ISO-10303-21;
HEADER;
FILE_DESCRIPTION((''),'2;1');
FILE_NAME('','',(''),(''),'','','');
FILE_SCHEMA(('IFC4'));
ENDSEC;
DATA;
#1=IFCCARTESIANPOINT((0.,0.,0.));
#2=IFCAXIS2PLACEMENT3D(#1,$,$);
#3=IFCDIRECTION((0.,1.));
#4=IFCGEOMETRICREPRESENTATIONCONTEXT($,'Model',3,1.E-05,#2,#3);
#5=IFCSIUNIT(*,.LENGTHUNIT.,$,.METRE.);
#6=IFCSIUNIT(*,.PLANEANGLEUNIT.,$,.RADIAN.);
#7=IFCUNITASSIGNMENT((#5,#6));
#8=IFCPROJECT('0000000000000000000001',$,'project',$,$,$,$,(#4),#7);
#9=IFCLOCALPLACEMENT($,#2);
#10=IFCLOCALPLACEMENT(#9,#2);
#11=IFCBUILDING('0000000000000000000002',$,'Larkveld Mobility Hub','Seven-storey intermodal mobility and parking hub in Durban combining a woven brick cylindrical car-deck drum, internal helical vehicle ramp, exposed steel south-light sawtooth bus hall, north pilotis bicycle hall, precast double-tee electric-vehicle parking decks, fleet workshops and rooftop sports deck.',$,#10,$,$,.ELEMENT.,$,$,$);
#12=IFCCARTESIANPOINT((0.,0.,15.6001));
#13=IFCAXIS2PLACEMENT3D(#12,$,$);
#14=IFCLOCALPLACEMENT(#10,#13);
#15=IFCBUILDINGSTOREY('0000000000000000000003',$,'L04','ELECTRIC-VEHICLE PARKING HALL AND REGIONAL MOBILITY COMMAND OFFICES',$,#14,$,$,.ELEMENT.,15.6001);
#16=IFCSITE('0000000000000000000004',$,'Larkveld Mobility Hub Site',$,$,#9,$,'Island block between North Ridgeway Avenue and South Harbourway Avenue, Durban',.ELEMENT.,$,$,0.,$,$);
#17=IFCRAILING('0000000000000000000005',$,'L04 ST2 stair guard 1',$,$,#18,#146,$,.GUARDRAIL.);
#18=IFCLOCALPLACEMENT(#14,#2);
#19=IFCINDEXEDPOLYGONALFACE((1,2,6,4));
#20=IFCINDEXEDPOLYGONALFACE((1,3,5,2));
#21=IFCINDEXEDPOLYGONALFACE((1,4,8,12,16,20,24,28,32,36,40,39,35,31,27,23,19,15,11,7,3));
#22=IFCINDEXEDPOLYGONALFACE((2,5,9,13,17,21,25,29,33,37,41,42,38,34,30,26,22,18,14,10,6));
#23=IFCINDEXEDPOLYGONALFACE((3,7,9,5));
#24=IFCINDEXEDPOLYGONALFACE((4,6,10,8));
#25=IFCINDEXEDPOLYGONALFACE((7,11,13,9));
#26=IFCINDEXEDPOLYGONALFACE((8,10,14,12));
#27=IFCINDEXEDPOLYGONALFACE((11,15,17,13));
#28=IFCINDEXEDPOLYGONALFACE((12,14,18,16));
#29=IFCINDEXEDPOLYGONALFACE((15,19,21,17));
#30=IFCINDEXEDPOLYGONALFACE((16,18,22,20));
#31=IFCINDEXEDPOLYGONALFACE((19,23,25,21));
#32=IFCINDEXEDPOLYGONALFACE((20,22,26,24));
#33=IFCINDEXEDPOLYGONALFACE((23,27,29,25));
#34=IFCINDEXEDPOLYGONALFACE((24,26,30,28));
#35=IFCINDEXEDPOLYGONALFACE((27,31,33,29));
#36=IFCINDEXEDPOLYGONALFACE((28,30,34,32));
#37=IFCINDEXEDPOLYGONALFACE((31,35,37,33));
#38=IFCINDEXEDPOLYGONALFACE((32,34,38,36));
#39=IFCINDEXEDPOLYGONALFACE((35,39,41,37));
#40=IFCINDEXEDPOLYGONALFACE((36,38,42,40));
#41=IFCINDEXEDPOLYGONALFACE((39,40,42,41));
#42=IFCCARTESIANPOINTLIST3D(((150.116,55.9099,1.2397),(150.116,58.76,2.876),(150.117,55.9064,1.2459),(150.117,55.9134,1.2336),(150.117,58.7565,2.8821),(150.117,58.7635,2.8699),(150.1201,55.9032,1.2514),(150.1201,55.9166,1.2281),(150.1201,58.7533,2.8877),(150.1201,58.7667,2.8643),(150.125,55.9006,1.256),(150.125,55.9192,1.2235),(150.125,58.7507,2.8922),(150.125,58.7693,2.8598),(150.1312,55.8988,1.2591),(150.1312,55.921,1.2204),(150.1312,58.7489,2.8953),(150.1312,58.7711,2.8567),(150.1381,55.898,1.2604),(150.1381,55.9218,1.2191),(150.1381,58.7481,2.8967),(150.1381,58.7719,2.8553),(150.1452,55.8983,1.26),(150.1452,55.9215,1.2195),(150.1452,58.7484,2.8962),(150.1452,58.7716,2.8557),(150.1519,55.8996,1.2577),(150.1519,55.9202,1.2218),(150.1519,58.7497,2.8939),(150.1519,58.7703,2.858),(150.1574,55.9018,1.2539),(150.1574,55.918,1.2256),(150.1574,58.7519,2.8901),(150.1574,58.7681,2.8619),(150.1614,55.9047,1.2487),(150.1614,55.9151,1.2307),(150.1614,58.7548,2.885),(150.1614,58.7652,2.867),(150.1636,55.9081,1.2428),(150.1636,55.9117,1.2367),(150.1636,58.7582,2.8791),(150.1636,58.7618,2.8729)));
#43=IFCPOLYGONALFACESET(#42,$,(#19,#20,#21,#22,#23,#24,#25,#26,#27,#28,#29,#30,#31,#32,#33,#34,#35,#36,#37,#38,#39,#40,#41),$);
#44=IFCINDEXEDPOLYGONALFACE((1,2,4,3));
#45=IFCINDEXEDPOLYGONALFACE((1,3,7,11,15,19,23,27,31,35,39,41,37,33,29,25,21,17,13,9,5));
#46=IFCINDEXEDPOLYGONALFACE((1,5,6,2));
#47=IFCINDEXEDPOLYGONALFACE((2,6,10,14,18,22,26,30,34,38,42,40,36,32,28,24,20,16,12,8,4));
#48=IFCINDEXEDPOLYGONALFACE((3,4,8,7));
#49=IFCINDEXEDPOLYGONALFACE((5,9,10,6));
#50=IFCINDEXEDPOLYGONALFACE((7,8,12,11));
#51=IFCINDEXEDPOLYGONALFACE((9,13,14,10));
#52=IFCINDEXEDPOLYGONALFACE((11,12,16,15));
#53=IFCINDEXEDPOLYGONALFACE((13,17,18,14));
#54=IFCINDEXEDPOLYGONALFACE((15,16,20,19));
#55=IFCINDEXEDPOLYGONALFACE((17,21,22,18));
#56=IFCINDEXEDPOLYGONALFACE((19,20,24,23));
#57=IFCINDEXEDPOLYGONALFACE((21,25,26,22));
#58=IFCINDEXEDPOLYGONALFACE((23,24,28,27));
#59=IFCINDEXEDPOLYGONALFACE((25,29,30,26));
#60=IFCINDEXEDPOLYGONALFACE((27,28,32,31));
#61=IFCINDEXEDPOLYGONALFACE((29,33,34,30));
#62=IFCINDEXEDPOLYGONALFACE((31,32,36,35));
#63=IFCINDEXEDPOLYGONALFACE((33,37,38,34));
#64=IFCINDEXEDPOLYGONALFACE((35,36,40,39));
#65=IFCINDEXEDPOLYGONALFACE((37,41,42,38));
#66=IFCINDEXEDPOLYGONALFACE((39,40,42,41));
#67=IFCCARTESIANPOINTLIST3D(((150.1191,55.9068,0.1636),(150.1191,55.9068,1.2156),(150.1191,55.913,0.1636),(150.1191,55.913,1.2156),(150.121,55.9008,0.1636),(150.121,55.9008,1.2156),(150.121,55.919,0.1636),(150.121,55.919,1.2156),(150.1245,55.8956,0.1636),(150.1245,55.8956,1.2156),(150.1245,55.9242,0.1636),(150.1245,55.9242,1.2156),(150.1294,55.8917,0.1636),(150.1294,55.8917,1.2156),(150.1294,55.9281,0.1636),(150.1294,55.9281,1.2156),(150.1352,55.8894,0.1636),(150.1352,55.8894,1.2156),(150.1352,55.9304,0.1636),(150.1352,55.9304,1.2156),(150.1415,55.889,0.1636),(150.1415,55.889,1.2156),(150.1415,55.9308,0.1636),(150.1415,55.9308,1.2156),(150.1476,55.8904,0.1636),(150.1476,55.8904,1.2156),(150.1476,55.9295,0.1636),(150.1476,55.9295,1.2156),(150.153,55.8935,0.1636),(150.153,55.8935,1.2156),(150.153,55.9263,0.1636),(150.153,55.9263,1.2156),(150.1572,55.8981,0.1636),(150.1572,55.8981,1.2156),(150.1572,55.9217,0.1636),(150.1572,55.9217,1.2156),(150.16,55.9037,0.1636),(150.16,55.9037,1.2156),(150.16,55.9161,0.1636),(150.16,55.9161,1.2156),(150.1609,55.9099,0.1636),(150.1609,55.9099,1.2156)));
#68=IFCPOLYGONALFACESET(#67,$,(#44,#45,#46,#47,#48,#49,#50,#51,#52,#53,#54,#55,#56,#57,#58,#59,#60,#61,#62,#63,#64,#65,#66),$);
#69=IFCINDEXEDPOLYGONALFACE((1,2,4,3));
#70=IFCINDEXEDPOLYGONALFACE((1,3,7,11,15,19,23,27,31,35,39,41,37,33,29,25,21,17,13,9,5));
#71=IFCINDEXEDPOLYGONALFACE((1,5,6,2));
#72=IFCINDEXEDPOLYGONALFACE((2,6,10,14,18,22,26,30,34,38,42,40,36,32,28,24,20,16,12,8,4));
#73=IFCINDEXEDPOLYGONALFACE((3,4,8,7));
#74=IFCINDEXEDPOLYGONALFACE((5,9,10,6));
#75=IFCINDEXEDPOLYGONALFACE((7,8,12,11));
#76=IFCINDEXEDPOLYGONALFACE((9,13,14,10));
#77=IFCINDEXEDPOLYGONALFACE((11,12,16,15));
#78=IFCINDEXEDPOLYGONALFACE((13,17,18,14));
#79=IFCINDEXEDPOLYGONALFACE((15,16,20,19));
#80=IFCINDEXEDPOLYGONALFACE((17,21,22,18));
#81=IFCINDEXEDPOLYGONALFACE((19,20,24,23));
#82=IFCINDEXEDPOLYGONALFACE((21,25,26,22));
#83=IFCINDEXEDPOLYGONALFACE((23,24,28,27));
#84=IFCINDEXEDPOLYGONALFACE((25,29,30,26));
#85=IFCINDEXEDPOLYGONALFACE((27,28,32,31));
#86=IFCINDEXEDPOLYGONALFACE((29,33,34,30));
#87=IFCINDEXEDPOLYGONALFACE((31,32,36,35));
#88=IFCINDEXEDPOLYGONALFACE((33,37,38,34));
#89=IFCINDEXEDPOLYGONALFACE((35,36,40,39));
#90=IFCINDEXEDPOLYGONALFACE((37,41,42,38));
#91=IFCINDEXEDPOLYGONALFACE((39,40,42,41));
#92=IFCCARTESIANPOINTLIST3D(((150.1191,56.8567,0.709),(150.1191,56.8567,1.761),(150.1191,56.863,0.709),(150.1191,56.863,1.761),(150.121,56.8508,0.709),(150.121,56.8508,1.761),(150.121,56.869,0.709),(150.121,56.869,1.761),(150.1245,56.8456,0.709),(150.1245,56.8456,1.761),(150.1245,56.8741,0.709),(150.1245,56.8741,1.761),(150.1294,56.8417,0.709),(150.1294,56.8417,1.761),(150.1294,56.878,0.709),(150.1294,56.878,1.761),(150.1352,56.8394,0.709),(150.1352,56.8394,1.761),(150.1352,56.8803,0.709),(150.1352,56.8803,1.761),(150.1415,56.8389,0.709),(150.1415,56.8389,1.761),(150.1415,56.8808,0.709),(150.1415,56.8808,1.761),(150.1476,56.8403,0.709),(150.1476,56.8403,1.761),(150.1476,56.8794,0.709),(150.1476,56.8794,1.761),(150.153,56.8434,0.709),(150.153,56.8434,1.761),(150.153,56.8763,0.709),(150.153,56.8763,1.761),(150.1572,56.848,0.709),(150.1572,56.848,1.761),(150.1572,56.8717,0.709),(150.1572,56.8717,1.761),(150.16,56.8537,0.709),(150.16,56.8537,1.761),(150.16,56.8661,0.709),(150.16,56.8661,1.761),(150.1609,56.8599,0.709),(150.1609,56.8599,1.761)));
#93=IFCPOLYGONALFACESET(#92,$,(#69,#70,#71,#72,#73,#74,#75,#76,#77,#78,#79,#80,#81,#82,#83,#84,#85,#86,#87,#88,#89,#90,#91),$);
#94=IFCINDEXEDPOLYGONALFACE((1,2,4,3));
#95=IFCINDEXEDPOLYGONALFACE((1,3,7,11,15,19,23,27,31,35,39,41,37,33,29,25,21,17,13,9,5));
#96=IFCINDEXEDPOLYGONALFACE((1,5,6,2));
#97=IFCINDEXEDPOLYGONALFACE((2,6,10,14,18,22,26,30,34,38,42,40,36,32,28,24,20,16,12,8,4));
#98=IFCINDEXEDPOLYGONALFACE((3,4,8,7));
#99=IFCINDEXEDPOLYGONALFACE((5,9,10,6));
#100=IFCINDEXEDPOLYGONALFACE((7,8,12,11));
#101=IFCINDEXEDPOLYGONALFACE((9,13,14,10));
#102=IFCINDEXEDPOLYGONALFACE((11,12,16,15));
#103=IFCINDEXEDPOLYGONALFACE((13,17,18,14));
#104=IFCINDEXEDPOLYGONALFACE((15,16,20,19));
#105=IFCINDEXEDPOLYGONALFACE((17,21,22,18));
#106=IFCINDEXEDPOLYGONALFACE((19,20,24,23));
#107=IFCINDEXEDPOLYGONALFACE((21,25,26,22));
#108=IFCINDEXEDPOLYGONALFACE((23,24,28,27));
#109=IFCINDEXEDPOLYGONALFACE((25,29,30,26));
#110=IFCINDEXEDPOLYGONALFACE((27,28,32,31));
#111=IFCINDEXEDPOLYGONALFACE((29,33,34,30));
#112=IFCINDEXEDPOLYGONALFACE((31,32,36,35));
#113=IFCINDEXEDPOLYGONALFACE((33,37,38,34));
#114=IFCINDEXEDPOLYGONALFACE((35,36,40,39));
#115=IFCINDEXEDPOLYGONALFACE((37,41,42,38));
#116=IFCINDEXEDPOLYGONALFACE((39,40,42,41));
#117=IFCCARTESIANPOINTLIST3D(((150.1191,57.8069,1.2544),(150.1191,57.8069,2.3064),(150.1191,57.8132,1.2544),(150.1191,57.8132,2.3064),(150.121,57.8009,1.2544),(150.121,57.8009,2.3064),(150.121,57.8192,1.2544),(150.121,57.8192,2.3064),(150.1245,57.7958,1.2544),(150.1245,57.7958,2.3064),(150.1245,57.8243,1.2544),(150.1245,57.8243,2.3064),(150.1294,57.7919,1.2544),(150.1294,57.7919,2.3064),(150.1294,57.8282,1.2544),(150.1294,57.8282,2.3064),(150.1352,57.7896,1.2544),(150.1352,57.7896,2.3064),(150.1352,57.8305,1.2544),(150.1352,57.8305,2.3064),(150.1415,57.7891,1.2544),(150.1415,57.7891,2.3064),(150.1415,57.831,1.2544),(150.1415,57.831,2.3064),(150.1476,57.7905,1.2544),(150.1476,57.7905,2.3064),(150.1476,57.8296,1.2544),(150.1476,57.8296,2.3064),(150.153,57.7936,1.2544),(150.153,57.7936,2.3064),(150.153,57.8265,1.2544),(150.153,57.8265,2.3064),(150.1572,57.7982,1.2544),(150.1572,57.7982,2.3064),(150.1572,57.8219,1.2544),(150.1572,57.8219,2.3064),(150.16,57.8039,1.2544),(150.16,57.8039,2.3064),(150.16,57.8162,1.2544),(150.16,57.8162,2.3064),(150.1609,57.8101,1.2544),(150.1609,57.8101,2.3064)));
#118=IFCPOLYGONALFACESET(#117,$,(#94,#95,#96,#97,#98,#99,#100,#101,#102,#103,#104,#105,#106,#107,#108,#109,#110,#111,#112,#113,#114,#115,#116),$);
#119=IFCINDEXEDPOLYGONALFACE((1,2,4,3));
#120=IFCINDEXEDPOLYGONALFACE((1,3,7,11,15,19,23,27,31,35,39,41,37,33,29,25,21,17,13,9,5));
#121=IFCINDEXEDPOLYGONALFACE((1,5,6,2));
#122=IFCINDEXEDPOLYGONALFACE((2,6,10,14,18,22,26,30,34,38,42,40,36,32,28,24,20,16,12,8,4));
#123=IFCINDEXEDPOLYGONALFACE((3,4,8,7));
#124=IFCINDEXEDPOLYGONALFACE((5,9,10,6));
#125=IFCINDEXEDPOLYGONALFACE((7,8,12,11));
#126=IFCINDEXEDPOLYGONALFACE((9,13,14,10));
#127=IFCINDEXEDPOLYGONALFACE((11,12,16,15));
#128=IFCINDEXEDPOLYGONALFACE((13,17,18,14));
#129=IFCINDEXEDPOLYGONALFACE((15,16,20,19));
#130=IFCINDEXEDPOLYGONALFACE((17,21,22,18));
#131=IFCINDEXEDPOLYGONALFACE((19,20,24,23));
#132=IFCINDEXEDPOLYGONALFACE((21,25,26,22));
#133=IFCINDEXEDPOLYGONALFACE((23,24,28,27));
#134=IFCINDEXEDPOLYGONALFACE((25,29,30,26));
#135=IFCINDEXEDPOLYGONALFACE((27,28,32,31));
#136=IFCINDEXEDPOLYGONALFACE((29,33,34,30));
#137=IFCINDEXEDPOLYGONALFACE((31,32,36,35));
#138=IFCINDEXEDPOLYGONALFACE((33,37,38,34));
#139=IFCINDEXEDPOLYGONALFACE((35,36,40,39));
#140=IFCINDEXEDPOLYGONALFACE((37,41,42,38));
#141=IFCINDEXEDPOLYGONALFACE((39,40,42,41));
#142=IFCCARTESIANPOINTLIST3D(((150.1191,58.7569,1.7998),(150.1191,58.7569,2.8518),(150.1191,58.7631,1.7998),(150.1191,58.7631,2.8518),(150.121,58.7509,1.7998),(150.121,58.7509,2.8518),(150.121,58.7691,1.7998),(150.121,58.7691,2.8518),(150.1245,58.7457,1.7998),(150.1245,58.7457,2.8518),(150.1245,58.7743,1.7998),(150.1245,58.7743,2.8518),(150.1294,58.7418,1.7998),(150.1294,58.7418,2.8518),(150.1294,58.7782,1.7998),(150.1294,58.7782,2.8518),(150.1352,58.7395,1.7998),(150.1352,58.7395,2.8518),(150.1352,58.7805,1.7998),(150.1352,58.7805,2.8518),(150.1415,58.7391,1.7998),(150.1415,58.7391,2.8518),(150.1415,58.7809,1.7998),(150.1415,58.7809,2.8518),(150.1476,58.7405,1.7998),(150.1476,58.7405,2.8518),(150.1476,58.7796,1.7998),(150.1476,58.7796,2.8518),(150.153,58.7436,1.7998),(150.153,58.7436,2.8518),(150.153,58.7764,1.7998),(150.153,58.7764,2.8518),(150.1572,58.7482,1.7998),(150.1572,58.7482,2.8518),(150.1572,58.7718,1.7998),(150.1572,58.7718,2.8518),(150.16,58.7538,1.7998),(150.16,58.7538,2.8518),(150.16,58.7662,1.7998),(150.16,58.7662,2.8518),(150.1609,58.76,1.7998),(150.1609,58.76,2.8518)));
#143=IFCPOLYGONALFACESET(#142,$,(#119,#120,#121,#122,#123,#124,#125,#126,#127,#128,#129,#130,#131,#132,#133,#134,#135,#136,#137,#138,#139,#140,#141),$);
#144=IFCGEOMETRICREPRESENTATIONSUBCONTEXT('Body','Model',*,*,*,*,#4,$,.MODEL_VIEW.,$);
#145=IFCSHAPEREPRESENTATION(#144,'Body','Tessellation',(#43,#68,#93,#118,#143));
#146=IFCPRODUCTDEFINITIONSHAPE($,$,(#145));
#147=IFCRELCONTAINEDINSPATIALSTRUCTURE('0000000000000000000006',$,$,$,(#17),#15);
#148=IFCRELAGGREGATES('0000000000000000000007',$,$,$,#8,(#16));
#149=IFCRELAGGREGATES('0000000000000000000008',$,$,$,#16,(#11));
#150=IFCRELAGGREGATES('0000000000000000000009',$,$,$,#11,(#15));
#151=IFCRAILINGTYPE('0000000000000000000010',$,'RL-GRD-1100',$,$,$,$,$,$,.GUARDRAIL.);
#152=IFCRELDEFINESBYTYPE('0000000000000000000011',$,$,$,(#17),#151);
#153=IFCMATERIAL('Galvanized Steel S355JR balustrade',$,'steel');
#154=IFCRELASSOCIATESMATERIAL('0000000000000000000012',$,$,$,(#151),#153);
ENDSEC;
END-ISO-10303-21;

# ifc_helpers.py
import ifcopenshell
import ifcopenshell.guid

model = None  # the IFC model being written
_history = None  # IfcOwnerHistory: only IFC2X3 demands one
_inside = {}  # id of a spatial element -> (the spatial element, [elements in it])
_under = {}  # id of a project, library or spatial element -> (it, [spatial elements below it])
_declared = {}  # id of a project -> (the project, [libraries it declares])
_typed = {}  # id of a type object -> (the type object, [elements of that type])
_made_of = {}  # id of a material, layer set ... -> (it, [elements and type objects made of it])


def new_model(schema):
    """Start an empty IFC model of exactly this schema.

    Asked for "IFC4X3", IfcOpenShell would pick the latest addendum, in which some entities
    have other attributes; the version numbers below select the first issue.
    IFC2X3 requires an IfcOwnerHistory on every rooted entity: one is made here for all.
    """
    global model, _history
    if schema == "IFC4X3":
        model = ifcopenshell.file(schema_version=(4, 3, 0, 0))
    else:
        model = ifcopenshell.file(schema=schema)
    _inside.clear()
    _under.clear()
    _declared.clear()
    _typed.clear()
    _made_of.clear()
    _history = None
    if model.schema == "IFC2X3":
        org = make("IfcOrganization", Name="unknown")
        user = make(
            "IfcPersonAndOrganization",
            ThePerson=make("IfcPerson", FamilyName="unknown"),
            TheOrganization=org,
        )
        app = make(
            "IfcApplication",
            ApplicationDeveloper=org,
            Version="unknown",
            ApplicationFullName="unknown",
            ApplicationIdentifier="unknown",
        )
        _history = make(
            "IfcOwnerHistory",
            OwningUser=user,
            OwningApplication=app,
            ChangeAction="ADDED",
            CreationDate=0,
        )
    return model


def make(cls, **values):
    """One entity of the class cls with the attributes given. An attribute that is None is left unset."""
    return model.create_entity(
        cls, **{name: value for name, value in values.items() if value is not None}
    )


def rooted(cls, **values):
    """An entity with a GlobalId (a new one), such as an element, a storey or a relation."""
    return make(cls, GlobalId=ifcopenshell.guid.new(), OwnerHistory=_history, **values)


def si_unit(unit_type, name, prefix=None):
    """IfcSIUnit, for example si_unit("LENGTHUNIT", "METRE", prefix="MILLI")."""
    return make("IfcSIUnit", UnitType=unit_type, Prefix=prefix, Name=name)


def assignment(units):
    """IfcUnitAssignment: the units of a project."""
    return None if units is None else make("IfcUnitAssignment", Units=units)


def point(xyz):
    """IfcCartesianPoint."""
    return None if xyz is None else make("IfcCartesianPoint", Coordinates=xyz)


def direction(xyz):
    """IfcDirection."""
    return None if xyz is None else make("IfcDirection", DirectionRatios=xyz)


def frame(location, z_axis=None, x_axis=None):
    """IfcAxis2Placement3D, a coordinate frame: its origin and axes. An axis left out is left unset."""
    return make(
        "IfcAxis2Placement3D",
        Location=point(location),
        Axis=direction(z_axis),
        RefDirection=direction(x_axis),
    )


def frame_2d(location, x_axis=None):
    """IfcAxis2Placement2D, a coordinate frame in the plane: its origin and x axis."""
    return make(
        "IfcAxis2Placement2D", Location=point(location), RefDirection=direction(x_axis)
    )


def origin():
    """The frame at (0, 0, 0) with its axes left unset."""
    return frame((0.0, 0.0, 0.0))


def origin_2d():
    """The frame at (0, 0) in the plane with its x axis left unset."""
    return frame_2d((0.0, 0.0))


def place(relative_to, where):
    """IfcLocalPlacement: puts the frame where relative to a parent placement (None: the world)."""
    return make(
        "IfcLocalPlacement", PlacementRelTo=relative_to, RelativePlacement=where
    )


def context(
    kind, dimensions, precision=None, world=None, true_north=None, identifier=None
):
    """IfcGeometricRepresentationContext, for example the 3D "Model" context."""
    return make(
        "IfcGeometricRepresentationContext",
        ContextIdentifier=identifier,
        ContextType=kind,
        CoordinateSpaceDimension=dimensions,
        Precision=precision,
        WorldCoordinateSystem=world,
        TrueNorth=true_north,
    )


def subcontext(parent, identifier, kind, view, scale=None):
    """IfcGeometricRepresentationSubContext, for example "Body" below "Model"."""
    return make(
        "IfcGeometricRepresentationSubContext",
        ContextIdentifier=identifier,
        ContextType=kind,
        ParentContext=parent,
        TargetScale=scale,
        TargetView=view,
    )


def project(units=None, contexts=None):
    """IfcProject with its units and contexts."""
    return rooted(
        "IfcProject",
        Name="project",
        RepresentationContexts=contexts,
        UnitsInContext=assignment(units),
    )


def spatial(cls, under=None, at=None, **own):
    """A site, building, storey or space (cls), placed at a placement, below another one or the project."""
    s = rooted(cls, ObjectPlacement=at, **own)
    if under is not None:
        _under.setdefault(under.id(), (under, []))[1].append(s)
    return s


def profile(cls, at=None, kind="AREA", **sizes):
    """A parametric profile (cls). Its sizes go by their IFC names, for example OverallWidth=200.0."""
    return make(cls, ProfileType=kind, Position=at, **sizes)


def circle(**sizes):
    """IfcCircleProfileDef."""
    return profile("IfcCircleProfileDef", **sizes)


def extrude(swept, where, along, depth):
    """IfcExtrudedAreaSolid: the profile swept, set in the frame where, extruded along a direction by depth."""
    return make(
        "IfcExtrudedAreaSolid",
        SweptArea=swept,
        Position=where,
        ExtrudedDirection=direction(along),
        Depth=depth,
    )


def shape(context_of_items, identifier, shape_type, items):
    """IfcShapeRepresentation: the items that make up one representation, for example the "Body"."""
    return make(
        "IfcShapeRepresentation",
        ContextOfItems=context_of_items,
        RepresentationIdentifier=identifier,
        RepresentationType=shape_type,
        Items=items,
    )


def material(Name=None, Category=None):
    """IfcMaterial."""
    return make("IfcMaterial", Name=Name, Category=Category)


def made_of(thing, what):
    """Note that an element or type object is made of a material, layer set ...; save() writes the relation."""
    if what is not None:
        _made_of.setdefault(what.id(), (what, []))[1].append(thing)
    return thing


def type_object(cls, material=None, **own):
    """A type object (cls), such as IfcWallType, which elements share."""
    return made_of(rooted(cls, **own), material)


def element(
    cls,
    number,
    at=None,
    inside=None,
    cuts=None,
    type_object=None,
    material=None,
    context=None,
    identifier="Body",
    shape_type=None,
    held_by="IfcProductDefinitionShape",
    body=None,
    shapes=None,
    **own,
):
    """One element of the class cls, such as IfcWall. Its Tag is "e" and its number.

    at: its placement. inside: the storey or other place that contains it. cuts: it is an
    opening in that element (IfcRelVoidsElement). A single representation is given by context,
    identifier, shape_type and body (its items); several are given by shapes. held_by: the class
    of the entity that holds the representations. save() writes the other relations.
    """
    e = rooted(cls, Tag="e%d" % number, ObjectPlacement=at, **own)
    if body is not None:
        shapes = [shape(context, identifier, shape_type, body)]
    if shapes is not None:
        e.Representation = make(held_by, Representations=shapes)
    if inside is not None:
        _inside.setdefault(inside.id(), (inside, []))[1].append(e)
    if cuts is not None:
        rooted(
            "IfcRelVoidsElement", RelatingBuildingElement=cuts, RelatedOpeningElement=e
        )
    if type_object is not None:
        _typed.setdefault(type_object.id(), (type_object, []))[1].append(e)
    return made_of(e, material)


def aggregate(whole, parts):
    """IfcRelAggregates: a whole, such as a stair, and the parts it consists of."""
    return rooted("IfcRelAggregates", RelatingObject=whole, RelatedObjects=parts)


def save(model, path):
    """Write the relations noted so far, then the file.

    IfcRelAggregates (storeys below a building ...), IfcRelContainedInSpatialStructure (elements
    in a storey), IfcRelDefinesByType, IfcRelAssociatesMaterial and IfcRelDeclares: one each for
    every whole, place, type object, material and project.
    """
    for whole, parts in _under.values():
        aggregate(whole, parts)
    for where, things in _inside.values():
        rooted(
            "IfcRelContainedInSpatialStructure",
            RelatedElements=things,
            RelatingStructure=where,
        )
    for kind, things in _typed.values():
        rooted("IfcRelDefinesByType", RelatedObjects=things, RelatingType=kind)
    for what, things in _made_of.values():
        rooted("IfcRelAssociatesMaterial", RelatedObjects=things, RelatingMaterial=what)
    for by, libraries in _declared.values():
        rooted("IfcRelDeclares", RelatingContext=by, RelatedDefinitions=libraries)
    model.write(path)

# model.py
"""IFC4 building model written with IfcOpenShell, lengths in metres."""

from ifc_helpers import new_model, si_unit, direction, frame, origin, origin_2d, place, context, subcontext, project, spatial, circle, extrude, material, type_object, element, save


model = new_model("IFC4")

# Units and contexts
model_context = context("Model", 3, precision=1e-05, world=origin(), true_north=direction((0.0, 1.0)))
body_context = subcontext(model_context, "Body", "Model", "MODEL_VIEW")
ifc_project = project(units=[si_unit("LENGTHUNIT", "METRE"), si_unit("PLANEANGLEUNIT", "RADIAN")], contexts=[model_context])

# Site, building, storey
site_placement = place(None, origin())
site = spatial("IfcSite", under=ifc_project, at=site_placement, Name="Larkveld Mobility Hub Site", LongName="Island block between North Ridgeway Avenue and South Harbourway Avenue, Durban", CompositionType="ELEMENT", RefElevation=0.0)
building_placement = place(site_placement, origin())
building = spatial("IfcBuilding", under=site, at=building_placement, Name="Larkveld Mobility Hub", Description="Seven-storey intermodal mobility and parking hub in Durban combining a woven brick cylindrical car-deck drum, internal helical vehicle ramp, exposed steel south-light sawtooth bus hall, north pilotis bicycle hall, precast double-tee electric-vehicle parking decks, fleet workshops and rooftop sports deck.", CompositionType="ELEMENT")
storey_placement = place(building_placement, frame((0.0, 0.0, 15.6001)))
storey = spatial("IfcBuildingStorey", under=building, at=storey_placement, Name="L04", Description="ELECTRIC-VEHICLE PARKING HALL AND REGIONAL MOBILITY COMMAND OFFICES", CompositionType="ELEMENT", Elevation=15.6001)

# Railing
ifc_material_1 = material(Name="Galvanized Steel S355JR balustrade", Category="steel")
railing_type_1 = type_object("IfcRailingType", Name="RL-GRD-1100", PredefinedType="GUARDRAIL", material=ifc_material_1)
railing_1_placement = place(storey_placement, frame((150.1399, 55.9099, 0.1636)))
element("IfcRailing", 1, at=railing_1_placement, inside=storey, type_object=railing_type_1, Name="L04 ST2 stair guard 1", PredefinedType="GUARDRAIL", context=body_context, shape_type="SweptSolid", body=[
    extrude(circle(Radius=0.0239, at=origin_2d()), frame((0.0, 0.0, 1.0762), z_axis=(0.0, 0.867245, 0.497882), x_axis=(-1.0, 0.0, 0.0)), (0.0, 0.0, 1.0), 3.2864),
    extrude(circle(Radius=0.021, at=origin_2d()), origin(), (0.0, 0.0, 1.0), 1.052),
    extrude(circle(Radius=0.021, at=origin_2d()), frame((0.0, 0.95, 0.5454)), (0.0, 0.0, 1.0), 1.052),
    extrude(circle(Radius=0.021, at=origin_2d()), frame((0.0, 1.9001, 1.0908)), (0.0, 0.0, 1.0), 1.052),
    extrude(circle(Radius=0.021, at=origin_2d()), frame((0.0, 2.8501, 1.6362)), (0.0, 0.0, 1.0), 1.052),
])

save(model, "model.ifc")
